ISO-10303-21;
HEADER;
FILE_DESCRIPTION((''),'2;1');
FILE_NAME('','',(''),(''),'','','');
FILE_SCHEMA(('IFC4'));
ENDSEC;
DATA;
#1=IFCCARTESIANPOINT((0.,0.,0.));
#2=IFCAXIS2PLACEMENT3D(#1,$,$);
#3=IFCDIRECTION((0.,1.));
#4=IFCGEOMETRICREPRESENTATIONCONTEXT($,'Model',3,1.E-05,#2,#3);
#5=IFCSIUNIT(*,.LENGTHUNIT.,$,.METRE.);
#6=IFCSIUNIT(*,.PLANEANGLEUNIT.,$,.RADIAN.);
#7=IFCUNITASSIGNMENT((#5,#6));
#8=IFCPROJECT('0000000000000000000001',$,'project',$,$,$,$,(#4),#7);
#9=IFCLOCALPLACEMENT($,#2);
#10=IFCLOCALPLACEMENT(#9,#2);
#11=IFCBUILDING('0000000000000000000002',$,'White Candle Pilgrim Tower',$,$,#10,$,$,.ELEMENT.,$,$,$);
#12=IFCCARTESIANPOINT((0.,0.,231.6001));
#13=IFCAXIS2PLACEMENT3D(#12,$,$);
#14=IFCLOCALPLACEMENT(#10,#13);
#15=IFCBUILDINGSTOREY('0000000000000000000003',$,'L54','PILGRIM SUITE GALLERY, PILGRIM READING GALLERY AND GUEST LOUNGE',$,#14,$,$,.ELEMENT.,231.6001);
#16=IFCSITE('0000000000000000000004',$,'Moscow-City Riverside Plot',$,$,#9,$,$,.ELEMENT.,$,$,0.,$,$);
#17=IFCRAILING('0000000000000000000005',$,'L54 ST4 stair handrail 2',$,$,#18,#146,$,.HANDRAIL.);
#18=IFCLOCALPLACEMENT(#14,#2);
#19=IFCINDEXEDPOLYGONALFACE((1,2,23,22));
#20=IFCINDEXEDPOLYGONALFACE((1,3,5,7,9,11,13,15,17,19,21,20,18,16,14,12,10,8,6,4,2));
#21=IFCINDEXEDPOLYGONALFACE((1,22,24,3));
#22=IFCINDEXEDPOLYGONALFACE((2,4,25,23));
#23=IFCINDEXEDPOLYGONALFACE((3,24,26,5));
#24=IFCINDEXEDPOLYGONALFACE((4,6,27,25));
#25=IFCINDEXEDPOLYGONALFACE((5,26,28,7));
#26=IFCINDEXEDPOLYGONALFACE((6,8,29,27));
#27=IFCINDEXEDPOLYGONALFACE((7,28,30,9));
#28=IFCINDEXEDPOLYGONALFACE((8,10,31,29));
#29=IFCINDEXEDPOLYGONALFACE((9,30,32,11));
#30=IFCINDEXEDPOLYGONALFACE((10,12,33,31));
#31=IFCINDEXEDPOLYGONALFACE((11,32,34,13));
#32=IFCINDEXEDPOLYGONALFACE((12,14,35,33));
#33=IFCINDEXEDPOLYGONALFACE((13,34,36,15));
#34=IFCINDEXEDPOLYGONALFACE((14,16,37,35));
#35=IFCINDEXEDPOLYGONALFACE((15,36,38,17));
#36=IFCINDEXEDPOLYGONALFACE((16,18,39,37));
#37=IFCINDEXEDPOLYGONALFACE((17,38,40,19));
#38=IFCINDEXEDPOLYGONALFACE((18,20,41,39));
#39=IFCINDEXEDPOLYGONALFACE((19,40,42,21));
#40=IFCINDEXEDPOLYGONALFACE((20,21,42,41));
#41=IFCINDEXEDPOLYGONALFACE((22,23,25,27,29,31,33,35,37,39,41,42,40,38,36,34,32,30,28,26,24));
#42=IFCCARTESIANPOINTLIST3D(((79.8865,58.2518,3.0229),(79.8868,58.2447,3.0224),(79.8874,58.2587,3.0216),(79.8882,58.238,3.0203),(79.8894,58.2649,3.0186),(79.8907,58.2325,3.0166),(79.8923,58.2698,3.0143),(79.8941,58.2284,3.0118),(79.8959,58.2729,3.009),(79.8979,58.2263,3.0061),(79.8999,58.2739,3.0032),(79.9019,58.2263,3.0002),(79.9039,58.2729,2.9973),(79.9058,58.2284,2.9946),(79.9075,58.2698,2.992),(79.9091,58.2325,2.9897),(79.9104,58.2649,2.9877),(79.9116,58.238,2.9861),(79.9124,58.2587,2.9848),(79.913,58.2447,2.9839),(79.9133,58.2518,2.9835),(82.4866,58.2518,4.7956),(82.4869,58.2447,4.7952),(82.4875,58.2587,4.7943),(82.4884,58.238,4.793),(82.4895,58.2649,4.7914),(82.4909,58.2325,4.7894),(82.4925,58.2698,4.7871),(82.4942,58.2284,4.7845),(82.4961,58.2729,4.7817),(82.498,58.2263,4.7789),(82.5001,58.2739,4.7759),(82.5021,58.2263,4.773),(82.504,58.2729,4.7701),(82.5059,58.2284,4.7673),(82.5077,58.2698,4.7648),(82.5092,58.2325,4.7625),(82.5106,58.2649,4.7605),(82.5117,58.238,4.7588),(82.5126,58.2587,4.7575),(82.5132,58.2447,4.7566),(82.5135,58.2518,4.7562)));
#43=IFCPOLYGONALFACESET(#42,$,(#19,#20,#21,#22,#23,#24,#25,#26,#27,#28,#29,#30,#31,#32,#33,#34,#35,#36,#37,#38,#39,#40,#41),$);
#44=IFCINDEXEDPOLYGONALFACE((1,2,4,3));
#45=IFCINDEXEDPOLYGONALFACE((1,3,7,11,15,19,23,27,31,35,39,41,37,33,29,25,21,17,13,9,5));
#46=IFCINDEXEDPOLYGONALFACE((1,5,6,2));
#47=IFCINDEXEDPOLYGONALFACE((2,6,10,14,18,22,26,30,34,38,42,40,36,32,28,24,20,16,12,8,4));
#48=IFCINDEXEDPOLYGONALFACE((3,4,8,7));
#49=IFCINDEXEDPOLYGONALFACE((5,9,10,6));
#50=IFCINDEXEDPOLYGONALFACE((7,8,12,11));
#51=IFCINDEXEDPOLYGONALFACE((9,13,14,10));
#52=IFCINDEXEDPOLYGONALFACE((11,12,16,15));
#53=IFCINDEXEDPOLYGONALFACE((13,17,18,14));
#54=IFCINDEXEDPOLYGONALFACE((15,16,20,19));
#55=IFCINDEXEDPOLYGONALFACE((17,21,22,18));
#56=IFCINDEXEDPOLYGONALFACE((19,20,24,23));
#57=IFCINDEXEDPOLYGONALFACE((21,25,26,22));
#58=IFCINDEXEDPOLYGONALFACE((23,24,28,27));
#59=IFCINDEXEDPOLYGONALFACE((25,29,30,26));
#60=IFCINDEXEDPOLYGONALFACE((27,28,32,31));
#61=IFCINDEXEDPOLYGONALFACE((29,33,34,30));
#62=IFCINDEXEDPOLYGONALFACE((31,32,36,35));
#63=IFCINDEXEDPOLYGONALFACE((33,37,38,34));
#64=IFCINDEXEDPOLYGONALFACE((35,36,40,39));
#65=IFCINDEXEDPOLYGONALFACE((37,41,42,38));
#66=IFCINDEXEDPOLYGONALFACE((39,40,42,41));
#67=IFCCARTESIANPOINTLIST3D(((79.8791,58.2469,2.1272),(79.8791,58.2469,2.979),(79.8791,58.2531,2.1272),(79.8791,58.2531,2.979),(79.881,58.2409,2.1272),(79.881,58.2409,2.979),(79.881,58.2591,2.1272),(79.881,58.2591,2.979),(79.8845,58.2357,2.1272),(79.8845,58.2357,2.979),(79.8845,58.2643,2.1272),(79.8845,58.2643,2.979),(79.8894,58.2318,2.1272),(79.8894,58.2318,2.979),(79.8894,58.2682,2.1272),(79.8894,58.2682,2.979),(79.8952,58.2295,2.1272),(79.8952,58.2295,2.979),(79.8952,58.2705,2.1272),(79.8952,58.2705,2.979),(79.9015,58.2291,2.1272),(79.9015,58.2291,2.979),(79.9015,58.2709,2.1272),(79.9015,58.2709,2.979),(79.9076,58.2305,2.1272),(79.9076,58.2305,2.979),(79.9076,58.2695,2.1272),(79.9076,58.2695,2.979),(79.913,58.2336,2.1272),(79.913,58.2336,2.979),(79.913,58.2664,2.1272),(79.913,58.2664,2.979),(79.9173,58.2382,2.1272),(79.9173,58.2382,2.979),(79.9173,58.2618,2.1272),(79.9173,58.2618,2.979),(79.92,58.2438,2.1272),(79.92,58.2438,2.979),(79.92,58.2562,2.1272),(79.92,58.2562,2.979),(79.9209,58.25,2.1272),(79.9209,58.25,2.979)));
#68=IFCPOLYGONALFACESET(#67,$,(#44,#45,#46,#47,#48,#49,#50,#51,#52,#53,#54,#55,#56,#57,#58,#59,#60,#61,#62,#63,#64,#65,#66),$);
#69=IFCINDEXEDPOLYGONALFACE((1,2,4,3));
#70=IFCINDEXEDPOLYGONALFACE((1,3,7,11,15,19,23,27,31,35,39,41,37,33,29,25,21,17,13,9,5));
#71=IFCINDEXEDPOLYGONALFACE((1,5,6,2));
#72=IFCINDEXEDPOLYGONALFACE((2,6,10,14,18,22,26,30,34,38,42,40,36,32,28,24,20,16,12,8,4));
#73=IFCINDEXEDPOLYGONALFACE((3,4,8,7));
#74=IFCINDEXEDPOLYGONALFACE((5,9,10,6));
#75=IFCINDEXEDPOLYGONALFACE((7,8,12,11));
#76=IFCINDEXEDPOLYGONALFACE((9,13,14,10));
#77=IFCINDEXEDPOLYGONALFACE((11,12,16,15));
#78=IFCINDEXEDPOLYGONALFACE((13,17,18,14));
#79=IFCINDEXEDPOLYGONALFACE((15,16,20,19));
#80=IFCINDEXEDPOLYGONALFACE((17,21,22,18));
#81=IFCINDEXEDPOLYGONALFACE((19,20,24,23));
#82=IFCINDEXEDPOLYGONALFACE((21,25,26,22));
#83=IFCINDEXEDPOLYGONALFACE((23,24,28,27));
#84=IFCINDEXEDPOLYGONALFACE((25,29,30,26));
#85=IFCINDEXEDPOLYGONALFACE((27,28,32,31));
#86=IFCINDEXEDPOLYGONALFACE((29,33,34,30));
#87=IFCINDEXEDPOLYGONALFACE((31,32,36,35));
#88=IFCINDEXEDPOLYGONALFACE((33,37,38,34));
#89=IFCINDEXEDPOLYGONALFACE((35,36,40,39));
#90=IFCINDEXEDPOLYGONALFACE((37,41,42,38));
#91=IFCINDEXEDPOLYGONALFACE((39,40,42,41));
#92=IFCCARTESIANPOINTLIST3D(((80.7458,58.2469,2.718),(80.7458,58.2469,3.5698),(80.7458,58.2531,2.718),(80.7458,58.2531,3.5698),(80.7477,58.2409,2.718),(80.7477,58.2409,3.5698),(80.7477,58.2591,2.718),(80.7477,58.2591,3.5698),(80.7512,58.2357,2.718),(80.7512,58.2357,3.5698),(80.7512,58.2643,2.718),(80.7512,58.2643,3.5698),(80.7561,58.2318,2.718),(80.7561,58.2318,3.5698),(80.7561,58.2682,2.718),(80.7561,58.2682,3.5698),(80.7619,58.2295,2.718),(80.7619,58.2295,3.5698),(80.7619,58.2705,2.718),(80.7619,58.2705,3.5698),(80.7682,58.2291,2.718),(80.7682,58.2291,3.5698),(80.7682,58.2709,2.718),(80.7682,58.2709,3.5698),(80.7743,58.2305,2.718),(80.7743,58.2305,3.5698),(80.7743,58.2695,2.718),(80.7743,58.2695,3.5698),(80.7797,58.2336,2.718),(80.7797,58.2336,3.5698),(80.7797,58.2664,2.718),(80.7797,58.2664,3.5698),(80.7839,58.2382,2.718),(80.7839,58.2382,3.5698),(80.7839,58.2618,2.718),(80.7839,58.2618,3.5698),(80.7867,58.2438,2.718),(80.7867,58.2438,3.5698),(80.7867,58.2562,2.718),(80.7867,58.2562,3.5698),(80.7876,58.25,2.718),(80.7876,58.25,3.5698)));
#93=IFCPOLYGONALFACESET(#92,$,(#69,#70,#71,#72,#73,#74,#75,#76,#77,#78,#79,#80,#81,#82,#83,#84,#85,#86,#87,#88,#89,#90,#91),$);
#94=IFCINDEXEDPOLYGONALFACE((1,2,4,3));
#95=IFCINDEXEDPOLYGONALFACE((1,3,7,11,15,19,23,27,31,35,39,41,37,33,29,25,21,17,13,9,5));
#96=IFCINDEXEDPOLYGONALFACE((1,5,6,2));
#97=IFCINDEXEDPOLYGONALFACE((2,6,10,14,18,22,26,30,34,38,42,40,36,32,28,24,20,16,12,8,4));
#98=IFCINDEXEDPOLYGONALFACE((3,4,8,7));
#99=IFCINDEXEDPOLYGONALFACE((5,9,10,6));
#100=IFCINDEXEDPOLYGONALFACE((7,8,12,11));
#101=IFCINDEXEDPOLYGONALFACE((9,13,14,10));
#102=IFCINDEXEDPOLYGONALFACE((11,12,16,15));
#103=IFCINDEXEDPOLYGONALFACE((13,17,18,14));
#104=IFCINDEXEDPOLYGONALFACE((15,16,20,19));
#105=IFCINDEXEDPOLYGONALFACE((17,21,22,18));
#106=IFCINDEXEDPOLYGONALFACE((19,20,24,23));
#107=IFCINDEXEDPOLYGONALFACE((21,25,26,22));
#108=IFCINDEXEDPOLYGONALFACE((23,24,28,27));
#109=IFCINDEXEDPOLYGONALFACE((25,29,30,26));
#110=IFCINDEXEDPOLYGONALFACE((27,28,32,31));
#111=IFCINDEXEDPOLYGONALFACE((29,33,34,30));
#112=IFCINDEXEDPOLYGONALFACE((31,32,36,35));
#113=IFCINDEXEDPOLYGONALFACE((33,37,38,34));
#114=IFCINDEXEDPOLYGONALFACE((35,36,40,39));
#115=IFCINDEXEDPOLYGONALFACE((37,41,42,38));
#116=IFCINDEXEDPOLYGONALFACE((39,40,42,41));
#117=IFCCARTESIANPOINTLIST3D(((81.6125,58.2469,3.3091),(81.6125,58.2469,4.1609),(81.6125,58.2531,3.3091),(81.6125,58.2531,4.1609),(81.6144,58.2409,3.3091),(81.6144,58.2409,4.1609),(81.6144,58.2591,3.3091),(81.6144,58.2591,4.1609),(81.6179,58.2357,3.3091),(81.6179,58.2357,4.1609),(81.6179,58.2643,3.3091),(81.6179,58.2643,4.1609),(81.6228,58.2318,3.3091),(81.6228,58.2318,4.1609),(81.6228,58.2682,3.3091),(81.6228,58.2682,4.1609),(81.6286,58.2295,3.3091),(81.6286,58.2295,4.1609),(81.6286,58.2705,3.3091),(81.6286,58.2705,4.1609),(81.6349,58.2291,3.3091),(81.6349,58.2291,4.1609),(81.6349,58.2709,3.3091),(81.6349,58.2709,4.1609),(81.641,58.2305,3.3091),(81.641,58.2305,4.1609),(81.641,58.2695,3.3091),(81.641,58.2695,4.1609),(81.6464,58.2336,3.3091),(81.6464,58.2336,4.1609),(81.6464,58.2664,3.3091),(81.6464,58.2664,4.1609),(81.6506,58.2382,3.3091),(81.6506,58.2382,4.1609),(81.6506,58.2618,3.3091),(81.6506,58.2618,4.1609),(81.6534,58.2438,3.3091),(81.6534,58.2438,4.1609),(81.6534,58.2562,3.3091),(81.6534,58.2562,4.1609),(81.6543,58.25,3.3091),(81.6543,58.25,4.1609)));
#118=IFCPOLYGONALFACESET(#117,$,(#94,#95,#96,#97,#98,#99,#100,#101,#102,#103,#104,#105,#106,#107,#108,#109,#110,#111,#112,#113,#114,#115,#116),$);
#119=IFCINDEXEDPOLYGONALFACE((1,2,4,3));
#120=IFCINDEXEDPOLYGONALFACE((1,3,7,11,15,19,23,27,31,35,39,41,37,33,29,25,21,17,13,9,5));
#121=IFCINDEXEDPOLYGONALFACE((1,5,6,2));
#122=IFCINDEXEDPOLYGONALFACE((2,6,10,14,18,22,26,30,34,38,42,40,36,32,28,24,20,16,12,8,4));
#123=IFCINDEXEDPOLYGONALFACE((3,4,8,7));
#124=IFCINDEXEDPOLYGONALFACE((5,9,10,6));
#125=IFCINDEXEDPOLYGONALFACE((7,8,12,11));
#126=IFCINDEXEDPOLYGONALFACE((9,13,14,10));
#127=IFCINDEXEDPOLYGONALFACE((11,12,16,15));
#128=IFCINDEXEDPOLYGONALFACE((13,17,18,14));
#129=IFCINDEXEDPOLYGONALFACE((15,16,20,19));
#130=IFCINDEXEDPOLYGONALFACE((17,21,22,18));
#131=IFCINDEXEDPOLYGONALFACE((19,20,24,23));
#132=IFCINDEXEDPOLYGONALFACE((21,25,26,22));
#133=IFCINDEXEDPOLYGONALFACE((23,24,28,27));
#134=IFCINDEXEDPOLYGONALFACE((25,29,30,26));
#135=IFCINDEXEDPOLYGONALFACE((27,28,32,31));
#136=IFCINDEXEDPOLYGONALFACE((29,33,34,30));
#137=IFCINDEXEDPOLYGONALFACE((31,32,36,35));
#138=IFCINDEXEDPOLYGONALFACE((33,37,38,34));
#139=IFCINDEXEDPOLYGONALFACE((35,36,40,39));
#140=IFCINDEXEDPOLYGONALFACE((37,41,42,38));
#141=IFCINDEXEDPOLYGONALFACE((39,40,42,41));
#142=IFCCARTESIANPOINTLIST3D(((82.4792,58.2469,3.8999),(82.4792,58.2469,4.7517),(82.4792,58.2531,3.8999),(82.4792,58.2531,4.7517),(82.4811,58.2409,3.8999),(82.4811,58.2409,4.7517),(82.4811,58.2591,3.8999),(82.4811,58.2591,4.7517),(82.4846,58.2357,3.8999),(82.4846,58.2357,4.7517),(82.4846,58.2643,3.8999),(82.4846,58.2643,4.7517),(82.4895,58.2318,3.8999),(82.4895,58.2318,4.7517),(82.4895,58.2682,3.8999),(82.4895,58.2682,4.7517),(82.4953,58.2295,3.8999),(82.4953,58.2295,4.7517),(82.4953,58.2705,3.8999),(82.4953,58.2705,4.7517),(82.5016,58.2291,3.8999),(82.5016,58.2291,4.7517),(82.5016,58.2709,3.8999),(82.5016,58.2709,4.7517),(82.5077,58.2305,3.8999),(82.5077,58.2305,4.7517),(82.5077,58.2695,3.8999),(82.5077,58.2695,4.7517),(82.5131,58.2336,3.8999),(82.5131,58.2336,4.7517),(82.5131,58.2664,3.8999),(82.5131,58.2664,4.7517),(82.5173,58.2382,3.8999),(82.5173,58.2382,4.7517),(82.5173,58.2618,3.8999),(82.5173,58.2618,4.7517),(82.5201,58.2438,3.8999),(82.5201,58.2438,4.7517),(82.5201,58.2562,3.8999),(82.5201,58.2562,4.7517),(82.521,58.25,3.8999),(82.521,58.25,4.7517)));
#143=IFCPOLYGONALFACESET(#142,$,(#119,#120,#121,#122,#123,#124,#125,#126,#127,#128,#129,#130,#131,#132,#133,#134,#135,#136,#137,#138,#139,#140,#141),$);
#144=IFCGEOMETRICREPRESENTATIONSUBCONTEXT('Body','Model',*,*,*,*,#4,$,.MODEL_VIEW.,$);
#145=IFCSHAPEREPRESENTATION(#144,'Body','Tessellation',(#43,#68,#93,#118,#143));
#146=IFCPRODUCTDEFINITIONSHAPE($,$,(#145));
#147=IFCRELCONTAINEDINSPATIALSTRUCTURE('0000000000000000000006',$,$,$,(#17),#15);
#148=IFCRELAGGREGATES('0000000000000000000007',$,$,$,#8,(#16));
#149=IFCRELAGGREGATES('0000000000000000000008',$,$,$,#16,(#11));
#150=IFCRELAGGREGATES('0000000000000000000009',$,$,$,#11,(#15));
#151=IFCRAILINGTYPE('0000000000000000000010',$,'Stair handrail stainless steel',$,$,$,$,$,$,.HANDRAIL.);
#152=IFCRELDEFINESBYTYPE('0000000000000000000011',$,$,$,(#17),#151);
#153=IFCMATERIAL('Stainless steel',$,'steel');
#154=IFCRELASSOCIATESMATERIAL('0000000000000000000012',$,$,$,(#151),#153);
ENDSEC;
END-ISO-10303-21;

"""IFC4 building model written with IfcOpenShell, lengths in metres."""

from ifc_helpers import new_model, si_unit, direction, frame, origin, origin_2d, place, context, subcontext, project, spatial, circle, extrude, material, type_object, element, save


model = new_model("IFC4")

# Units and contexts
model_context = context("Model", 3, precision=1e-05, world=origin(), true_north=direction((0.0, 1.0)))
body_context = subcontext(model_context, "Body", "Model", "MODEL_VIEW")
ifc_project = project(units=[si_unit("LENGTHUNIT", "METRE"), si_unit("PLANEANGLEUNIT", "RADIAN")], contexts=[model_context])

# Site, building, storey
site_placement = place(None, origin())
site = spatial("IfcSite", under=ifc_project, at=site_placement, Name="Moscow-City Riverside Plot", CompositionType="ELEMENT", RefElevation=0.0)
building_placement = place(site_placement, origin())
building = spatial("IfcBuilding", under=site, at=building_placement, Name="White Candle Pilgrim Tower", CompositionType="ELEMENT")
storey_placement = place(building_placement, frame((0.0, 0.0, 231.6001)))
storey = spatial("IfcBuildingStorey", under=building, at=storey_placement, Name="L54", Description="PILGRIM SUITE GALLERY, PILGRIM READING GALLERY AND GUEST LOUNGE", CompositionType="ELEMENT", Elevation=231.6001)

# Railing
ifc_material_1 = material(Name="Stainless steel", Category="steel")
railing_type_1 = type_object("IfcRailingType", Name="Stair handrail stainless steel", PredefinedType="HANDRAIL", material=ifc_material_1)
railing_1_placement = place(storey_placement, frame((79.8999, 58.25, 2.1272)))
element("IfcRailing", 1, at=railing_1_placement, inside=storey, type_object=railing_type_1, Name="L54 ST4 stair handrail 2", PredefinedType="HANDRAIL", context=body_context, shape_type="SweptSolid", body=[
    extrude(circle(Radius=0.0239, at=origin_2d()), frame((0.0, 0.0, 0.876), z_axis=(0.82624, 0.0, 0.563318), x_axis=(0.0, 1.0, 0.0)), (0.0, 0.0, 1.0), 3.147),
    extrude(circle(Radius=0.021, at=origin_2d()), origin(), (0.0, 0.0, 1.0), 0.8518),
    extrude(circle(Radius=0.021, at=origin_2d()), frame((0.8667, 0.0, 0.5908)), (0.0, 0.0, 1.0), 0.8518),
    extrude(circle(Radius=0.021, at=origin_2d()), frame((1.7334, 0.0, 1.1819)), (0.0, 0.0, 1.0), 0.8518),
    extrude(circle(Radius=0.021, at=origin_2d()), frame((2.6001, 0.0, 1.7727)), (0.0, 0.0, 1.0), 0.8518),
])

save(model, "model.ifc")
